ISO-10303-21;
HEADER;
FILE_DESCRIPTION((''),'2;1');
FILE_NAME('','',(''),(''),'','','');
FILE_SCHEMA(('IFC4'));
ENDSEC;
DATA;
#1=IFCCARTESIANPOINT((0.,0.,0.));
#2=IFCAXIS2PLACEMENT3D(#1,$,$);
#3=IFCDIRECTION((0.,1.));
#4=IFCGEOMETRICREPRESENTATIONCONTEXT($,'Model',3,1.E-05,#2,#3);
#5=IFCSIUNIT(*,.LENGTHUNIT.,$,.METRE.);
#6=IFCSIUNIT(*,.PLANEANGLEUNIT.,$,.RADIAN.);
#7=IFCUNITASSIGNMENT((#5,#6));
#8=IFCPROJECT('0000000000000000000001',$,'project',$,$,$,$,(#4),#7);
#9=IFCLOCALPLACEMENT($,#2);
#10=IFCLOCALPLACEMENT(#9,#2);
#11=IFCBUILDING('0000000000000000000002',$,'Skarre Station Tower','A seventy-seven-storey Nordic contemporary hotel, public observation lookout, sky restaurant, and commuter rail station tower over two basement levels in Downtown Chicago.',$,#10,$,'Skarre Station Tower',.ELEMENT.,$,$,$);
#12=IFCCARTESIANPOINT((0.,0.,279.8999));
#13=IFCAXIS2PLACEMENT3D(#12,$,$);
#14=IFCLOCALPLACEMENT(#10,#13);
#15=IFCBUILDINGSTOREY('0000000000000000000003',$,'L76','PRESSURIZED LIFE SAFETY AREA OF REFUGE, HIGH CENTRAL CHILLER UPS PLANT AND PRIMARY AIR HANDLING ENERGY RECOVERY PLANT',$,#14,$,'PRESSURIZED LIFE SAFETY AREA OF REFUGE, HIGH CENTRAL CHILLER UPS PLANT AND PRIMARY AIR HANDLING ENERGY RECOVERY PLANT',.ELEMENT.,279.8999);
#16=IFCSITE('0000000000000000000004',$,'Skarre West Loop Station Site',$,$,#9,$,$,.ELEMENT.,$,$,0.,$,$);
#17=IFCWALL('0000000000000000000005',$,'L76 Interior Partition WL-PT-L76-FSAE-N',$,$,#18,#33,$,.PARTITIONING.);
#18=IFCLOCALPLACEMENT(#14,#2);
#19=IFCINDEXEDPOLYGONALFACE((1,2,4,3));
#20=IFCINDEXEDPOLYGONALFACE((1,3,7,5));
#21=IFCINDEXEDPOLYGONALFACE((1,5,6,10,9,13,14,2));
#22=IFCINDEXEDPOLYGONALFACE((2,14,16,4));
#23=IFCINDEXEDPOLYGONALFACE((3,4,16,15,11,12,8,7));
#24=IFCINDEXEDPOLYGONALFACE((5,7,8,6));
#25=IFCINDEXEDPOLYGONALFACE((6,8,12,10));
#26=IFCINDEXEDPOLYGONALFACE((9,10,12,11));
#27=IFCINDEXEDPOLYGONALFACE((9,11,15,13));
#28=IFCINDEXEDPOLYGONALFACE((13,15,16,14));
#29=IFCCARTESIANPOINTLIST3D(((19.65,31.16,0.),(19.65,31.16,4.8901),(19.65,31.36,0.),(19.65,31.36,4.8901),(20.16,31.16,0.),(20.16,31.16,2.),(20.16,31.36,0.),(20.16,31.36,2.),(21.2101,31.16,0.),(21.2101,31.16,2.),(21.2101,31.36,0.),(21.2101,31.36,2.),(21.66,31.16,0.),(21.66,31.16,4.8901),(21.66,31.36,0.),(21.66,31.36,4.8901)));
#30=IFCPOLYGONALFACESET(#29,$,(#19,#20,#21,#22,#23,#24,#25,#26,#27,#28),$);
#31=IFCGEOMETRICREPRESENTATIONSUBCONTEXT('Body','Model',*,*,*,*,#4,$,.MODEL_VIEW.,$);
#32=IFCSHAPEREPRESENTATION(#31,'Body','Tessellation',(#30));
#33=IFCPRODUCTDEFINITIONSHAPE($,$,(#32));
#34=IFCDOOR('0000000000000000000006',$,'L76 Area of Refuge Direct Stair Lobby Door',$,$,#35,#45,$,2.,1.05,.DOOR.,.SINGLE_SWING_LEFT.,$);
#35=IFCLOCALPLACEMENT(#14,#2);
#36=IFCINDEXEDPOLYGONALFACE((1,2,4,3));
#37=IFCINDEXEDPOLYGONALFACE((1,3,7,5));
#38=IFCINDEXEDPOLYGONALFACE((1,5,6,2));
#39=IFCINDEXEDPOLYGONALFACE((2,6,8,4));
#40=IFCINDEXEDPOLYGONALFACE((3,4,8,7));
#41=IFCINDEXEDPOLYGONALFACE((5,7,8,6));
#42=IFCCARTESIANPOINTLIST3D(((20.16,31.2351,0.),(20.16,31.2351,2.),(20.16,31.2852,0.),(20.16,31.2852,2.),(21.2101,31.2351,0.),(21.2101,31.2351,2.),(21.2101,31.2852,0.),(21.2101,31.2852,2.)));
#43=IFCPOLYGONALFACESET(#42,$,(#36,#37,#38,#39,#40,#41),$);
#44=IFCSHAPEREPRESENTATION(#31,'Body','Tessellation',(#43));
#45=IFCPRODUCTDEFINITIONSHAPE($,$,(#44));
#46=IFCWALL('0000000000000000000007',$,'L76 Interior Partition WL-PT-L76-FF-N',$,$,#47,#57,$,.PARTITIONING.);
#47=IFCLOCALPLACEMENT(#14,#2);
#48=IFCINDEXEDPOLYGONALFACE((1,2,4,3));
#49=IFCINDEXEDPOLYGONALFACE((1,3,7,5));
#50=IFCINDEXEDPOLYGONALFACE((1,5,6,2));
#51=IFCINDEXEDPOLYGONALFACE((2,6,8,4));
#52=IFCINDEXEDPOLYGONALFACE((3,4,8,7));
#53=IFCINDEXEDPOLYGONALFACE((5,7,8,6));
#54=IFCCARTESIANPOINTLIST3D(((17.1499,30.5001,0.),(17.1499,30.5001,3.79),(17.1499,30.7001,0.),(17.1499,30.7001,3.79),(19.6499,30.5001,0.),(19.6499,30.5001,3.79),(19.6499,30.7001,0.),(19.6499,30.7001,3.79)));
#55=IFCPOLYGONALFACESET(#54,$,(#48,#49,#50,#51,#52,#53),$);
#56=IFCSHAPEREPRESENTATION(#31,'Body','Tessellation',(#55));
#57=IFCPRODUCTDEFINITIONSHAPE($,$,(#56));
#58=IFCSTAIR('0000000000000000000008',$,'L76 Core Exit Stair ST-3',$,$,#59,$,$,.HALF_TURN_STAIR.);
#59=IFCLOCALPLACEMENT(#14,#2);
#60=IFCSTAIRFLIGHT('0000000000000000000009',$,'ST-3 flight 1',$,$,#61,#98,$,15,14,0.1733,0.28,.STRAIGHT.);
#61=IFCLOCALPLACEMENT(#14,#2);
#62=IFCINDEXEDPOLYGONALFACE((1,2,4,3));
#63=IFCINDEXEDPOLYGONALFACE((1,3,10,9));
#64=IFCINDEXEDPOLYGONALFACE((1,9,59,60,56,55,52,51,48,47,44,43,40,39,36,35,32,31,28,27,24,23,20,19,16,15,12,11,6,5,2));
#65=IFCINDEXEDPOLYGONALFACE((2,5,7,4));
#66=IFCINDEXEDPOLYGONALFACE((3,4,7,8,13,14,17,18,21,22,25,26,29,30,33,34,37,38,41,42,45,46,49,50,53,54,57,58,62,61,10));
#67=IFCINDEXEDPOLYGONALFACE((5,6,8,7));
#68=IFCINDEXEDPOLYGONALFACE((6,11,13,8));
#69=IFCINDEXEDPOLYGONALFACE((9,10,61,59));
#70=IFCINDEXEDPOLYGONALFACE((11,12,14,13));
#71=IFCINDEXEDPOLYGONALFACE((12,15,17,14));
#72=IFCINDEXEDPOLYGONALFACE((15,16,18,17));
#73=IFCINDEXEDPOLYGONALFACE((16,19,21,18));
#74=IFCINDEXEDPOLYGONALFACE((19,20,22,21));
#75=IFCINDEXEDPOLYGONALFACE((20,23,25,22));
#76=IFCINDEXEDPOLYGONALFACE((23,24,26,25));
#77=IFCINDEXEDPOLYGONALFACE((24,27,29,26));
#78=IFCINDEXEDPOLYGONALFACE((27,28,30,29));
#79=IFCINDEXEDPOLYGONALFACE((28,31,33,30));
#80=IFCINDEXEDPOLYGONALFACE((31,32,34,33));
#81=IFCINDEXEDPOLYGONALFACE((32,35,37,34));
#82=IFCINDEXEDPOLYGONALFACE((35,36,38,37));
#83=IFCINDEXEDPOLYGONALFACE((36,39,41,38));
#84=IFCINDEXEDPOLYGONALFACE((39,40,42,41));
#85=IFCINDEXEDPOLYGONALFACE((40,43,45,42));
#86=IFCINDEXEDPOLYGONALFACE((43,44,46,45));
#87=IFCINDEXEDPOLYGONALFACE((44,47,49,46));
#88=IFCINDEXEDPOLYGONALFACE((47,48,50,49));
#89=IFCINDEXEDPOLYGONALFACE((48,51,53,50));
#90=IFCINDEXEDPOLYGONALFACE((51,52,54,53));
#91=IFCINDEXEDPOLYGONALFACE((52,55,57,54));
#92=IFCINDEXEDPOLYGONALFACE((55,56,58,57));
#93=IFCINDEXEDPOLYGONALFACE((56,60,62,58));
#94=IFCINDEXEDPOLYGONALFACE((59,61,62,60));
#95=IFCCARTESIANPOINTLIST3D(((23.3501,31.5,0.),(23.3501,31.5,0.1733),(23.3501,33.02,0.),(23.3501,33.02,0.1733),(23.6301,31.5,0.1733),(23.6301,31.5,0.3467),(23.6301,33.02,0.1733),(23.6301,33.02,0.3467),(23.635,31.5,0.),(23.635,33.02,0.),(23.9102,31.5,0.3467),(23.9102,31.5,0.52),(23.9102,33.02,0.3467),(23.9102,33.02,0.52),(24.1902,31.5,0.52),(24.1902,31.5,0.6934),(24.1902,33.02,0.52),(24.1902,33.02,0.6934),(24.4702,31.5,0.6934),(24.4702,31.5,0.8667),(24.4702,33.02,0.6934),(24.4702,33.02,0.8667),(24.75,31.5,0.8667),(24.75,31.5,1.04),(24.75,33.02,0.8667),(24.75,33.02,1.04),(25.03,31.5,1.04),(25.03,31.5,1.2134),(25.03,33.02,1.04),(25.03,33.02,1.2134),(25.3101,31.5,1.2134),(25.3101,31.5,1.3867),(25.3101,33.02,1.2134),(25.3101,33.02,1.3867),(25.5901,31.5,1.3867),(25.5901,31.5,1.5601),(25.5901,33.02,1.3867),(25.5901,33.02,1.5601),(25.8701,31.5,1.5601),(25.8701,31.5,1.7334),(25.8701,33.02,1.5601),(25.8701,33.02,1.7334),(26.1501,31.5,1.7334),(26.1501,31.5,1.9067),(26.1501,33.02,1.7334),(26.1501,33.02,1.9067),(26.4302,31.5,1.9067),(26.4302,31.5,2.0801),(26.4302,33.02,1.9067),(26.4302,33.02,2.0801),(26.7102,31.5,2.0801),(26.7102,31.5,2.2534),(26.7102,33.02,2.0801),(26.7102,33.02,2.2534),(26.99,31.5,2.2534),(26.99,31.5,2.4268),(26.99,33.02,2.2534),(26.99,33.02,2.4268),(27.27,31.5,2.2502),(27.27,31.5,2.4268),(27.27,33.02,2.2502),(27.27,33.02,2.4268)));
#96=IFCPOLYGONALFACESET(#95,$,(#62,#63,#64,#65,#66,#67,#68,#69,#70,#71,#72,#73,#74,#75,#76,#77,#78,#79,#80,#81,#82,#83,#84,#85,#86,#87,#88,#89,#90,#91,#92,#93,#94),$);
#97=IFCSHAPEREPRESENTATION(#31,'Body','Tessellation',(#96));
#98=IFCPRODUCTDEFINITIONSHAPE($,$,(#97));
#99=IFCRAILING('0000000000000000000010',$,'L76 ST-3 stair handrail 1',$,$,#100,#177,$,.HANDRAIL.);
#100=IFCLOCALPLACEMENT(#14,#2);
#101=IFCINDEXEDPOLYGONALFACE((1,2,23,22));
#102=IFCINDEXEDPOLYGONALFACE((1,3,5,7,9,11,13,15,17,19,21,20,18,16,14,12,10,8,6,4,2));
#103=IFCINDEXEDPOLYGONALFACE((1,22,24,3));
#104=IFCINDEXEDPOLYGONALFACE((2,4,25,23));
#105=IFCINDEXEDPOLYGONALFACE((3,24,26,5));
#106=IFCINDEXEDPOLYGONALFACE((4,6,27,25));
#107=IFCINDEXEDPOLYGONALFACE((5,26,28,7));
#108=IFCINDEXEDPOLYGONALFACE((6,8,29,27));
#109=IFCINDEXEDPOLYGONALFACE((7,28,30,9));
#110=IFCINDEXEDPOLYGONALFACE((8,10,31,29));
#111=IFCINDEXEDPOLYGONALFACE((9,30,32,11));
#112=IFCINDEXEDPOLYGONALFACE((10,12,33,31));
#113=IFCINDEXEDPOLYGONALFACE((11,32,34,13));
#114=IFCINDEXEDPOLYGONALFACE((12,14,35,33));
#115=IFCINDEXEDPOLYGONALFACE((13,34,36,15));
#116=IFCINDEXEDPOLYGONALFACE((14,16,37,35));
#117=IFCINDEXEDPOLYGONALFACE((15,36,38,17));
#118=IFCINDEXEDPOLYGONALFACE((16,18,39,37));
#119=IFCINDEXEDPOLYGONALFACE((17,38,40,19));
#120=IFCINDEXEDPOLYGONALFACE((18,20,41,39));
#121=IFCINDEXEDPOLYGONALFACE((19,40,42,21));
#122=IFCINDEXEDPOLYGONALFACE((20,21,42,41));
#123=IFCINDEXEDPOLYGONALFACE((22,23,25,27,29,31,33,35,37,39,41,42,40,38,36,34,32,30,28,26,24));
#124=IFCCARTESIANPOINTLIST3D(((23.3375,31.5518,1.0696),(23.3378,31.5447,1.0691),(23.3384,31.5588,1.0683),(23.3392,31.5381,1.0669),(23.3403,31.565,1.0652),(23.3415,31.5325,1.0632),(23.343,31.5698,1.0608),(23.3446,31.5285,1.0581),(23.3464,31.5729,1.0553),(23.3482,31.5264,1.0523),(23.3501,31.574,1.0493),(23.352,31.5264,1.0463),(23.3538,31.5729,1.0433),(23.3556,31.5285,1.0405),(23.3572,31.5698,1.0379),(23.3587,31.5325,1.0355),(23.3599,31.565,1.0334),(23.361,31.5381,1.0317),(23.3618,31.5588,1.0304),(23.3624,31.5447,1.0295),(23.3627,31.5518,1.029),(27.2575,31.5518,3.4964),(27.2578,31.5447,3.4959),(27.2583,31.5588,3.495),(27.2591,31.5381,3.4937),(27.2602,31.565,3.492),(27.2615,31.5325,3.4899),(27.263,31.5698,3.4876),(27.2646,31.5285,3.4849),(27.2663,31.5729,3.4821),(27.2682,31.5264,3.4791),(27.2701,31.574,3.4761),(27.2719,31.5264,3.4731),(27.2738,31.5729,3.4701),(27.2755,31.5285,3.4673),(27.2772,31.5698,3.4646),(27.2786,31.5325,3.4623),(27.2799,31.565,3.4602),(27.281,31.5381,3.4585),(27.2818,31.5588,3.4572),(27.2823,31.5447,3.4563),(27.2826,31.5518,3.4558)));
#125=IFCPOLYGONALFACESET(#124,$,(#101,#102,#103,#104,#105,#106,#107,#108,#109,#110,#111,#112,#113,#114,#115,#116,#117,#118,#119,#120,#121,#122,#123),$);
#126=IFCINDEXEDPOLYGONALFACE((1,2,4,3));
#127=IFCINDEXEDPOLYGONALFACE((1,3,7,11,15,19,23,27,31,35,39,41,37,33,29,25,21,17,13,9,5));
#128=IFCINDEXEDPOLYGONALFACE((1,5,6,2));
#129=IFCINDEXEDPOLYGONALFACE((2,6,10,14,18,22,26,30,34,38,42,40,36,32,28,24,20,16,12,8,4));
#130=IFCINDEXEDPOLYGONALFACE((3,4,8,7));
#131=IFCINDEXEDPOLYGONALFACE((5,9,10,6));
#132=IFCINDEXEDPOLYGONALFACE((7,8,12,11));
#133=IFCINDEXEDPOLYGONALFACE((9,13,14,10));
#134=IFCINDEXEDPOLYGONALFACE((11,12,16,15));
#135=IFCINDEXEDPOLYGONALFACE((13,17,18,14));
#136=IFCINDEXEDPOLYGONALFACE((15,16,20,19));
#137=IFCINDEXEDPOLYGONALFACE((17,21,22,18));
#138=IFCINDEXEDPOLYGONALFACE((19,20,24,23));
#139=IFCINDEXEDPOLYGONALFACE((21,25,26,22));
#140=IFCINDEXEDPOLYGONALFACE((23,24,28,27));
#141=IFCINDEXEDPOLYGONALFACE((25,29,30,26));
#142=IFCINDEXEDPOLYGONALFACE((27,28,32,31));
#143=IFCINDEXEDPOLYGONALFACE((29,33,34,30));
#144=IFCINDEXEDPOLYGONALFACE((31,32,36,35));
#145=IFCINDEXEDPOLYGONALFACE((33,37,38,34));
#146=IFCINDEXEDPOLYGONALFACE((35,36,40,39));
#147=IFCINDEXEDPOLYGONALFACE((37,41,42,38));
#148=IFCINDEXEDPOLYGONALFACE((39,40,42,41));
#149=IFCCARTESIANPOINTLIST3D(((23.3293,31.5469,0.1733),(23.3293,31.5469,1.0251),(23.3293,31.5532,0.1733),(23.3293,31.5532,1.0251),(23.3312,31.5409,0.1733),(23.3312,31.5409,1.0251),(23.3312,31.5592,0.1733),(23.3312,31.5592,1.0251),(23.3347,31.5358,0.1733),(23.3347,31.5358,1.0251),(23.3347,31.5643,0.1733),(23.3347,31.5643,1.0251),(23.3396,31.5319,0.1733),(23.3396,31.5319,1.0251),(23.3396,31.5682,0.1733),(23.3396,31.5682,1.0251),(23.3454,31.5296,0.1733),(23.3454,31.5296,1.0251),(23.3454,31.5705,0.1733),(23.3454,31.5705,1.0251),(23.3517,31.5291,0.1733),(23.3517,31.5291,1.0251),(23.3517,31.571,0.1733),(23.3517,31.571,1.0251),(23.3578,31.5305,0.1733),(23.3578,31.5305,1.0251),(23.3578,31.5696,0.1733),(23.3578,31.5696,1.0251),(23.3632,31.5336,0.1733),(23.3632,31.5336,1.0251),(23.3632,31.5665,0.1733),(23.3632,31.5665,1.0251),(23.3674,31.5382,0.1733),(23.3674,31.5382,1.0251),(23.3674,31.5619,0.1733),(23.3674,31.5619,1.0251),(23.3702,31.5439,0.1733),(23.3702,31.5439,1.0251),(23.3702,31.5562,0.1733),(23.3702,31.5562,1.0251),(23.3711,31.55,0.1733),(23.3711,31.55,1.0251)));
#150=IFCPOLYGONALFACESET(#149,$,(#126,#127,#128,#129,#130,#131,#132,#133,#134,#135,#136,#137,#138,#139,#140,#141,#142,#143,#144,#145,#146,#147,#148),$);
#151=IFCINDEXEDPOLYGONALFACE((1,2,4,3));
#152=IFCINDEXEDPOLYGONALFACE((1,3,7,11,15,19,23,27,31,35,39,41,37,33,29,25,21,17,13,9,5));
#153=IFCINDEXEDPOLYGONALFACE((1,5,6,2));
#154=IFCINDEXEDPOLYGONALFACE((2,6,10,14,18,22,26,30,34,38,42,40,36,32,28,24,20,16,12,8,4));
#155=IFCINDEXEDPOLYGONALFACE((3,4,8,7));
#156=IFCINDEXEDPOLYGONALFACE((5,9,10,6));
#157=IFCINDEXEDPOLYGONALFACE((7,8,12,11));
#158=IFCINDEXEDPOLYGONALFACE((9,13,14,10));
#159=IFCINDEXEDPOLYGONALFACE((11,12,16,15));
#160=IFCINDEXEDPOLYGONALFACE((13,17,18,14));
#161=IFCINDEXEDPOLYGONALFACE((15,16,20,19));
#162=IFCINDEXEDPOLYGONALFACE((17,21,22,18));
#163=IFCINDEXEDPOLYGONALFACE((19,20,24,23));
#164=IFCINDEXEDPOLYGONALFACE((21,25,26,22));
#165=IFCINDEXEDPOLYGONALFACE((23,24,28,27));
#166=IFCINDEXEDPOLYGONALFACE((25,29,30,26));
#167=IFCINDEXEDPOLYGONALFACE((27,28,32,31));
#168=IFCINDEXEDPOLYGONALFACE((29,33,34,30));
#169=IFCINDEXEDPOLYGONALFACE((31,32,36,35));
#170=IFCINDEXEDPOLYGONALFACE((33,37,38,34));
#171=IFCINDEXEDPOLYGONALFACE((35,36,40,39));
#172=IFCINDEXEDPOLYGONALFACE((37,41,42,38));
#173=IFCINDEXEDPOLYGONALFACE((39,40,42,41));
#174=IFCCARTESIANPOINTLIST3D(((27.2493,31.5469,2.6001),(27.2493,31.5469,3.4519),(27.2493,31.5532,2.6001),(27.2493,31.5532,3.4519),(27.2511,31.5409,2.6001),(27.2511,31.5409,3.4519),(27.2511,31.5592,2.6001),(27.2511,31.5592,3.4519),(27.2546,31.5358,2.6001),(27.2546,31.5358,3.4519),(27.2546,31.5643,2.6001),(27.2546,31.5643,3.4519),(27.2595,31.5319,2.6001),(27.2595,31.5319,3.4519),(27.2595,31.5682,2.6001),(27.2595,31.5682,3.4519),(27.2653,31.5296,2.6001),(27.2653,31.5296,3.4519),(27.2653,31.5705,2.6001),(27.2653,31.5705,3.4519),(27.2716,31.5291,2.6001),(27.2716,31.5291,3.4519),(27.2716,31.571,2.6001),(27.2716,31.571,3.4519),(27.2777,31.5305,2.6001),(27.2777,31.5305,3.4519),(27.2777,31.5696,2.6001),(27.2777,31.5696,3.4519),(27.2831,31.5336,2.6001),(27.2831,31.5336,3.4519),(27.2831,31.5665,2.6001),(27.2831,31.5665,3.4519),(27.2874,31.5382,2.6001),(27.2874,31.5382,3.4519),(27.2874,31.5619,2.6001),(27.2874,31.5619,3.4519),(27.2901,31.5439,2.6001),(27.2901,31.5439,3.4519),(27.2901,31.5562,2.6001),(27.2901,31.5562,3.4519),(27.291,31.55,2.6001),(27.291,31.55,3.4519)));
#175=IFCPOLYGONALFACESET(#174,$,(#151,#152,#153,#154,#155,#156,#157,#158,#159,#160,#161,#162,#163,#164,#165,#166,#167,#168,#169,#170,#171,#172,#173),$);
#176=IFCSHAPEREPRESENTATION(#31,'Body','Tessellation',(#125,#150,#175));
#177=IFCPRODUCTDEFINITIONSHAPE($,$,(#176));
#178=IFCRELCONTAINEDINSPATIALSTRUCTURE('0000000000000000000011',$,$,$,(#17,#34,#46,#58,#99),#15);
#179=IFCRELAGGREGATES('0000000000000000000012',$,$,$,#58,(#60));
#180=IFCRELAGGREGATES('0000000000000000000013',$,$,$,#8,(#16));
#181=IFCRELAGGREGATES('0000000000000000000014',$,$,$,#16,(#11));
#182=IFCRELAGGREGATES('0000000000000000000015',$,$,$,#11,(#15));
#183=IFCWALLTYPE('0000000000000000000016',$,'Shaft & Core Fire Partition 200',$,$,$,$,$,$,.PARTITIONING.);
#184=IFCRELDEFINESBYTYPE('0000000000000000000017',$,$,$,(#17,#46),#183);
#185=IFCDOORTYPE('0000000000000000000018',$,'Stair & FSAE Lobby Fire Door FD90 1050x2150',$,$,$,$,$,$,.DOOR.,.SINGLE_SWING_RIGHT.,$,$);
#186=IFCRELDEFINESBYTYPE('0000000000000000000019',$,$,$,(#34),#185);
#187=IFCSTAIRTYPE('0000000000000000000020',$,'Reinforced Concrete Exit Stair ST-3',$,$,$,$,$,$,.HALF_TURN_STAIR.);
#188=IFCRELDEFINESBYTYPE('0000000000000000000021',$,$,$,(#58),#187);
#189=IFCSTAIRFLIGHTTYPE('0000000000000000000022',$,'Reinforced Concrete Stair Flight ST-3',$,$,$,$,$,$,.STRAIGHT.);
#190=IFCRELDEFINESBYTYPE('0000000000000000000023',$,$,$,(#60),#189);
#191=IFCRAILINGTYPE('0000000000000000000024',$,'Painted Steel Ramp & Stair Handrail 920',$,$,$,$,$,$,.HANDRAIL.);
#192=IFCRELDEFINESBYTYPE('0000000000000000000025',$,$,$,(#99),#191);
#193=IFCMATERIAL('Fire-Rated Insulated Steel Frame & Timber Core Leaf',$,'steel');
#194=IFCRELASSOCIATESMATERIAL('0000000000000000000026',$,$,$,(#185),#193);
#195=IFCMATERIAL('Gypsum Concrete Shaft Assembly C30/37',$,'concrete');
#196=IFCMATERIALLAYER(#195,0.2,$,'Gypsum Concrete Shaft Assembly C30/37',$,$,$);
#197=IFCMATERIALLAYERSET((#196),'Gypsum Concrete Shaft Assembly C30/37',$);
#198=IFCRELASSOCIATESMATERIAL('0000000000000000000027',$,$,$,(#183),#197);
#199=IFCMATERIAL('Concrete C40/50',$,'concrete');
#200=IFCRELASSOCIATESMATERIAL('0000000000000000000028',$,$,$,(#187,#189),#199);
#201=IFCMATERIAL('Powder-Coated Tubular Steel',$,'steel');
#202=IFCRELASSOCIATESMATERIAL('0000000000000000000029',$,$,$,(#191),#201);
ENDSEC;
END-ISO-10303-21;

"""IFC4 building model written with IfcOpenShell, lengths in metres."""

from ifc_helpers import new_model, si_unit, direction, frame, frame_2d, origin, origin_2d, place, context, subcontext, project, spatial, polyline, rectangle, circle, outline, extrude, material, layer, layer_set, type_object, element, fill, aggregate, save


model = new_model("IFC4")

# Units and contexts
model_context = context("Model", 3, precision=1e-05, world=origin(), true_north=direction((0.0, 1.0)))
body_context = subcontext(model_context, "Body", "Model", "MODEL_VIEW")
ifc_project = project(units=[si_unit("LENGTHUNIT", "METRE"), si_unit("PLANEANGLEUNIT", "RADIAN")], contexts=[model_context])

# Site, building, storey
site_placement = place(None, origin())
site = spatial("IfcSite", under=ifc_project, at=site_placement, Name="Skarre West Loop Station Site", CompositionType="ELEMENT", RefElevation=0.0)
building_placement = place(site_placement, origin())
building = spatial("IfcBuilding", under=site, at=building_placement, Name="Skarre Station Tower", Description="A seventy-seven-storey Nordic contemporary hotel, public observation lookout, sky restaurant, and commuter rail station tower over two basement levels in Downtown Chicago.", LongName="Skarre Station Tower", CompositionType="ELEMENT")
storey_placement = place(building_placement, frame((0.0, 0.0, 279.8999)))
storey = spatial("IfcBuildingStorey", under=building, at=storey_placement, Name="L76", Description="PRESSURIZED LIFE SAFETY AREA OF REFUGE, HIGH CENTRAL CHILLER UPS PLANT AND PRIMARY AIR HANDLING ENERGY RECOVERY PLANT", LongName="PRESSURIZED LIFE SAFETY AREA OF REFUGE, HIGH CENTRAL CHILLER UPS PLANT AND PRIMARY AIR HANDLING ENERGY RECOVERY PLANT", CompositionType="ELEMENT", Elevation=279.8999)

# Shared definitions
ifc_material_1 = material(Name="Fire-Rated Insulated Steel Frame & Timber Core Leaf", Category="steel")
door_type_1 = type_object("IfcDoorType", Name="Stair & FSAE Lobby Fire Door FD90 1050x2150", OperationType="SINGLE_SWING_RIGHT", PredefinedType="DOOR", material=ifc_material_1)

# Shared definitions
ifc_material_2 = material(Name="Gypsum Concrete Shaft Assembly C30/37", Category="concrete")
ifc_layer_1 = layer(ifc_material_2, 0.2, Name="Gypsum Concrete Shaft Assembly C30/37")
ifc_layer_set_1 = layer_set([ifc_layer_1], Name="Gypsum Concrete Shaft Assembly C30/37")
wall_type_1 = type_object("IfcWallType", Name="Shaft & Core Fire Partition 200", PredefinedType="PARTITIONING", material=ifc_layer_set_1)

# Wall, opening, door
wall_1_placement = place(storey_placement, frame((21.6599, 31.26, 0.0), z_axis=(0.0, 0.0, 1.0), x_axis=(-1.0, 0.0, 0.0)))
wall_1 = element("IfcWall", 1, at=wall_1_placement, inside=storey, type_object=wall_type_1, Name="L76 Interior Partition WL-PT-L76-FSAE-N", PredefinedType="PARTITIONING", context=body_context, shape_type="SweptSolid", body=[
    extrude(rectangle(XDim=2.01, YDim=0.2, at=frame_2d((1.0049, 0.0))), origin(), (0.0, 0.0, 1.0), 4.8901),
])
opening_1_placement = place(wall_1_placement, frame((0.45, 0.0, 0.0)))
opening_1 = element("IfcOpeningElement", 2, at=opening_1_placement, cuts=wall_1, PredefinedType="OPENING", context=body_context, shape_type="SweptSolid", body=[
    extrude(rectangle(XDim=1.05, YDim=2.0, at=frame_2d((0.5249, 1.0))), frame((0.0, 0.1099, 0.0), z_axis=(0.0, -1.0, 0.0), x_axis=(1.0, 0.0, 0.0)), (0.0, 0.0, 1.0), 0.22),
])
door_1_placement = place(opening_1_placement, origin())
door_1 = element("IfcDoor", 3, at=door_1_placement, inside=storey, type_object=door_type_1, Name="L76 Area of Refuge Direct Stair Lobby Door", OperationType="SINGLE_SWING_LEFT", OverallHeight=2.0, OverallWidth=1.05, PredefinedType="DOOR", context=body_context, shape_type="SweptSolid", body=[
    extrude(rectangle(XDim=1.05, YDim=2.0, at=frame_2d((0.5249, 1.0))), frame((0.0, 0.0249, 0.0), z_axis=(0.0, -1.0, 0.0), x_axis=(1.0, 0.0, 0.0)), (0.0, 0.0, 1.0), 0.05),
])
fill(opening_1, door_1)

# Wall
wall_2_placement = place(storey_placement, frame((19.6499, 30.6001, 0.0), z_axis=(0.0, 0.0, 1.0), x_axis=(-1.0, 0.0, 0.0)))
element("IfcWall", 4, at=wall_2_placement, inside=storey, type_object=wall_type_1, Name="L76 Interior Partition WL-PT-L76-FF-N", PredefinedType="PARTITIONING", context=body_context, shape_type="SweptSolid", body=[
    extrude(rectangle(XDim=2.5, YDim=0.2, at=frame_2d((1.25, 0.0))), origin(), (0.0, 0.0, 1.0), 3.79),
])

# Stair, stair flight
ifc_material_3 = material(Name="Concrete C40/50", Category="concrete")
stair_type = type_object("IfcStairType", Name="Reinforced Concrete Exit Stair ST-3", PredefinedType="HALF_TURN_STAIR", material=ifc_material_3)
stair_placement = place(storey_placement, origin())
stair = element("IfcStair", 5, at=stair_placement, inside=storey, type_object=stair_type, Name="L76 Core Exit Stair ST-3", PredefinedType="HALF_TURN_STAIR")
stair_flight_type = type_object("IfcStairFlightType", Name="Reinforced Concrete Stair Flight ST-3", PredefinedType="STRAIGHT", material=ifc_material_3)
stair_flight_placement = place(storey_placement, frame((23.3501, 32.26, 0.0), z_axis=(0.0, 0.0, 1.0), x_axis=(1.0, 0.0, 0.0)))
stair_flight = element("IfcStairFlight", 6, at=stair_flight_placement, type_object=stair_flight_type, Name="ST-3 flight 1", NumberOfRisers=15, NumberOfTreads=14, PredefinedType="STRAIGHT", RiserHeight=0.1733, TreadLength=0.28, context=body_context, shape_type="SweptSolid", body=[
    extrude(outline(polyline([(0.0, 0.0), (0.0, 0.1733), (0.28, 0.1733), (0.28, 0.3467), (0.5601, 0.3467), (0.5601, 0.52), (0.8401, 0.52), (0.8401, 0.6934), (1.1201, 0.6934), (1.1201, 0.8667), (1.3999, 0.8667), (1.3999, 1.04), (1.6799, 1.04), (1.6799, 1.2134), (1.96, 1.2134), (1.96, 1.3867), (2.24, 1.3867), (2.24, 1.5601), (2.52, 1.5601), (2.52, 1.7334), (2.8, 1.7334), (2.8, 1.9067), (3.0801, 1.9067), (3.0801, 2.0801), (3.3601, 2.0801), (3.3601, 2.2534), (3.6399, 2.2534), (3.6399, 2.4268), (3.9199, 2.4268), (3.9199, 2.6001), (3.9199, 2.2502), (0.2849, 0.0), (0.0, 0.0)])), frame((0.0, 0.76, 0.0), z_axis=(0.0, -1.0, 0.0), x_axis=(1.0, 0.0, 0.0)), (0.0, 0.0, 1.0), 1.52),
])
aggregate(stair, [stair_flight])

# Railing
ifc_material_4 = material(Name="Powder-Coated Tubular Steel", Category="steel")
railing_type = type_object("IfcRailingType", Name="Painted Steel Ramp & Stair Handrail 920", PredefinedType="HANDRAIL", material=ifc_material_4)
railing_placement = place(storey_placement, frame((23.3501, 31.55, 0.1733)))
element("IfcRailing", 7, at=railing_placement, inside=storey, type_object=railing_type, Name="L76 ST-3 stair handrail 1", PredefinedType="HANDRAIL", context=body_context, shape_type="SweptSolid", body=[
    extrude(circle(Radius=0.0239, at=origin_2d()), frame((0.0, 0.0, 0.876), z_axis=(0.850252, 0.0, 0.526376), x_axis=(0.0, 1.0, 0.0)), (0.0, 0.0, 1.0), 4.6104),
    extrude(circle(Radius=0.021, at=origin_2d()), origin(), (0.0, 0.0, 1.0), 0.8518),
    extrude(circle(Radius=0.021, at=origin_2d()), frame((3.9199, 0.0, 2.4268)), (0.0, 0.0, 1.0), 0.8518),
])

save(model, "model.ifc")
